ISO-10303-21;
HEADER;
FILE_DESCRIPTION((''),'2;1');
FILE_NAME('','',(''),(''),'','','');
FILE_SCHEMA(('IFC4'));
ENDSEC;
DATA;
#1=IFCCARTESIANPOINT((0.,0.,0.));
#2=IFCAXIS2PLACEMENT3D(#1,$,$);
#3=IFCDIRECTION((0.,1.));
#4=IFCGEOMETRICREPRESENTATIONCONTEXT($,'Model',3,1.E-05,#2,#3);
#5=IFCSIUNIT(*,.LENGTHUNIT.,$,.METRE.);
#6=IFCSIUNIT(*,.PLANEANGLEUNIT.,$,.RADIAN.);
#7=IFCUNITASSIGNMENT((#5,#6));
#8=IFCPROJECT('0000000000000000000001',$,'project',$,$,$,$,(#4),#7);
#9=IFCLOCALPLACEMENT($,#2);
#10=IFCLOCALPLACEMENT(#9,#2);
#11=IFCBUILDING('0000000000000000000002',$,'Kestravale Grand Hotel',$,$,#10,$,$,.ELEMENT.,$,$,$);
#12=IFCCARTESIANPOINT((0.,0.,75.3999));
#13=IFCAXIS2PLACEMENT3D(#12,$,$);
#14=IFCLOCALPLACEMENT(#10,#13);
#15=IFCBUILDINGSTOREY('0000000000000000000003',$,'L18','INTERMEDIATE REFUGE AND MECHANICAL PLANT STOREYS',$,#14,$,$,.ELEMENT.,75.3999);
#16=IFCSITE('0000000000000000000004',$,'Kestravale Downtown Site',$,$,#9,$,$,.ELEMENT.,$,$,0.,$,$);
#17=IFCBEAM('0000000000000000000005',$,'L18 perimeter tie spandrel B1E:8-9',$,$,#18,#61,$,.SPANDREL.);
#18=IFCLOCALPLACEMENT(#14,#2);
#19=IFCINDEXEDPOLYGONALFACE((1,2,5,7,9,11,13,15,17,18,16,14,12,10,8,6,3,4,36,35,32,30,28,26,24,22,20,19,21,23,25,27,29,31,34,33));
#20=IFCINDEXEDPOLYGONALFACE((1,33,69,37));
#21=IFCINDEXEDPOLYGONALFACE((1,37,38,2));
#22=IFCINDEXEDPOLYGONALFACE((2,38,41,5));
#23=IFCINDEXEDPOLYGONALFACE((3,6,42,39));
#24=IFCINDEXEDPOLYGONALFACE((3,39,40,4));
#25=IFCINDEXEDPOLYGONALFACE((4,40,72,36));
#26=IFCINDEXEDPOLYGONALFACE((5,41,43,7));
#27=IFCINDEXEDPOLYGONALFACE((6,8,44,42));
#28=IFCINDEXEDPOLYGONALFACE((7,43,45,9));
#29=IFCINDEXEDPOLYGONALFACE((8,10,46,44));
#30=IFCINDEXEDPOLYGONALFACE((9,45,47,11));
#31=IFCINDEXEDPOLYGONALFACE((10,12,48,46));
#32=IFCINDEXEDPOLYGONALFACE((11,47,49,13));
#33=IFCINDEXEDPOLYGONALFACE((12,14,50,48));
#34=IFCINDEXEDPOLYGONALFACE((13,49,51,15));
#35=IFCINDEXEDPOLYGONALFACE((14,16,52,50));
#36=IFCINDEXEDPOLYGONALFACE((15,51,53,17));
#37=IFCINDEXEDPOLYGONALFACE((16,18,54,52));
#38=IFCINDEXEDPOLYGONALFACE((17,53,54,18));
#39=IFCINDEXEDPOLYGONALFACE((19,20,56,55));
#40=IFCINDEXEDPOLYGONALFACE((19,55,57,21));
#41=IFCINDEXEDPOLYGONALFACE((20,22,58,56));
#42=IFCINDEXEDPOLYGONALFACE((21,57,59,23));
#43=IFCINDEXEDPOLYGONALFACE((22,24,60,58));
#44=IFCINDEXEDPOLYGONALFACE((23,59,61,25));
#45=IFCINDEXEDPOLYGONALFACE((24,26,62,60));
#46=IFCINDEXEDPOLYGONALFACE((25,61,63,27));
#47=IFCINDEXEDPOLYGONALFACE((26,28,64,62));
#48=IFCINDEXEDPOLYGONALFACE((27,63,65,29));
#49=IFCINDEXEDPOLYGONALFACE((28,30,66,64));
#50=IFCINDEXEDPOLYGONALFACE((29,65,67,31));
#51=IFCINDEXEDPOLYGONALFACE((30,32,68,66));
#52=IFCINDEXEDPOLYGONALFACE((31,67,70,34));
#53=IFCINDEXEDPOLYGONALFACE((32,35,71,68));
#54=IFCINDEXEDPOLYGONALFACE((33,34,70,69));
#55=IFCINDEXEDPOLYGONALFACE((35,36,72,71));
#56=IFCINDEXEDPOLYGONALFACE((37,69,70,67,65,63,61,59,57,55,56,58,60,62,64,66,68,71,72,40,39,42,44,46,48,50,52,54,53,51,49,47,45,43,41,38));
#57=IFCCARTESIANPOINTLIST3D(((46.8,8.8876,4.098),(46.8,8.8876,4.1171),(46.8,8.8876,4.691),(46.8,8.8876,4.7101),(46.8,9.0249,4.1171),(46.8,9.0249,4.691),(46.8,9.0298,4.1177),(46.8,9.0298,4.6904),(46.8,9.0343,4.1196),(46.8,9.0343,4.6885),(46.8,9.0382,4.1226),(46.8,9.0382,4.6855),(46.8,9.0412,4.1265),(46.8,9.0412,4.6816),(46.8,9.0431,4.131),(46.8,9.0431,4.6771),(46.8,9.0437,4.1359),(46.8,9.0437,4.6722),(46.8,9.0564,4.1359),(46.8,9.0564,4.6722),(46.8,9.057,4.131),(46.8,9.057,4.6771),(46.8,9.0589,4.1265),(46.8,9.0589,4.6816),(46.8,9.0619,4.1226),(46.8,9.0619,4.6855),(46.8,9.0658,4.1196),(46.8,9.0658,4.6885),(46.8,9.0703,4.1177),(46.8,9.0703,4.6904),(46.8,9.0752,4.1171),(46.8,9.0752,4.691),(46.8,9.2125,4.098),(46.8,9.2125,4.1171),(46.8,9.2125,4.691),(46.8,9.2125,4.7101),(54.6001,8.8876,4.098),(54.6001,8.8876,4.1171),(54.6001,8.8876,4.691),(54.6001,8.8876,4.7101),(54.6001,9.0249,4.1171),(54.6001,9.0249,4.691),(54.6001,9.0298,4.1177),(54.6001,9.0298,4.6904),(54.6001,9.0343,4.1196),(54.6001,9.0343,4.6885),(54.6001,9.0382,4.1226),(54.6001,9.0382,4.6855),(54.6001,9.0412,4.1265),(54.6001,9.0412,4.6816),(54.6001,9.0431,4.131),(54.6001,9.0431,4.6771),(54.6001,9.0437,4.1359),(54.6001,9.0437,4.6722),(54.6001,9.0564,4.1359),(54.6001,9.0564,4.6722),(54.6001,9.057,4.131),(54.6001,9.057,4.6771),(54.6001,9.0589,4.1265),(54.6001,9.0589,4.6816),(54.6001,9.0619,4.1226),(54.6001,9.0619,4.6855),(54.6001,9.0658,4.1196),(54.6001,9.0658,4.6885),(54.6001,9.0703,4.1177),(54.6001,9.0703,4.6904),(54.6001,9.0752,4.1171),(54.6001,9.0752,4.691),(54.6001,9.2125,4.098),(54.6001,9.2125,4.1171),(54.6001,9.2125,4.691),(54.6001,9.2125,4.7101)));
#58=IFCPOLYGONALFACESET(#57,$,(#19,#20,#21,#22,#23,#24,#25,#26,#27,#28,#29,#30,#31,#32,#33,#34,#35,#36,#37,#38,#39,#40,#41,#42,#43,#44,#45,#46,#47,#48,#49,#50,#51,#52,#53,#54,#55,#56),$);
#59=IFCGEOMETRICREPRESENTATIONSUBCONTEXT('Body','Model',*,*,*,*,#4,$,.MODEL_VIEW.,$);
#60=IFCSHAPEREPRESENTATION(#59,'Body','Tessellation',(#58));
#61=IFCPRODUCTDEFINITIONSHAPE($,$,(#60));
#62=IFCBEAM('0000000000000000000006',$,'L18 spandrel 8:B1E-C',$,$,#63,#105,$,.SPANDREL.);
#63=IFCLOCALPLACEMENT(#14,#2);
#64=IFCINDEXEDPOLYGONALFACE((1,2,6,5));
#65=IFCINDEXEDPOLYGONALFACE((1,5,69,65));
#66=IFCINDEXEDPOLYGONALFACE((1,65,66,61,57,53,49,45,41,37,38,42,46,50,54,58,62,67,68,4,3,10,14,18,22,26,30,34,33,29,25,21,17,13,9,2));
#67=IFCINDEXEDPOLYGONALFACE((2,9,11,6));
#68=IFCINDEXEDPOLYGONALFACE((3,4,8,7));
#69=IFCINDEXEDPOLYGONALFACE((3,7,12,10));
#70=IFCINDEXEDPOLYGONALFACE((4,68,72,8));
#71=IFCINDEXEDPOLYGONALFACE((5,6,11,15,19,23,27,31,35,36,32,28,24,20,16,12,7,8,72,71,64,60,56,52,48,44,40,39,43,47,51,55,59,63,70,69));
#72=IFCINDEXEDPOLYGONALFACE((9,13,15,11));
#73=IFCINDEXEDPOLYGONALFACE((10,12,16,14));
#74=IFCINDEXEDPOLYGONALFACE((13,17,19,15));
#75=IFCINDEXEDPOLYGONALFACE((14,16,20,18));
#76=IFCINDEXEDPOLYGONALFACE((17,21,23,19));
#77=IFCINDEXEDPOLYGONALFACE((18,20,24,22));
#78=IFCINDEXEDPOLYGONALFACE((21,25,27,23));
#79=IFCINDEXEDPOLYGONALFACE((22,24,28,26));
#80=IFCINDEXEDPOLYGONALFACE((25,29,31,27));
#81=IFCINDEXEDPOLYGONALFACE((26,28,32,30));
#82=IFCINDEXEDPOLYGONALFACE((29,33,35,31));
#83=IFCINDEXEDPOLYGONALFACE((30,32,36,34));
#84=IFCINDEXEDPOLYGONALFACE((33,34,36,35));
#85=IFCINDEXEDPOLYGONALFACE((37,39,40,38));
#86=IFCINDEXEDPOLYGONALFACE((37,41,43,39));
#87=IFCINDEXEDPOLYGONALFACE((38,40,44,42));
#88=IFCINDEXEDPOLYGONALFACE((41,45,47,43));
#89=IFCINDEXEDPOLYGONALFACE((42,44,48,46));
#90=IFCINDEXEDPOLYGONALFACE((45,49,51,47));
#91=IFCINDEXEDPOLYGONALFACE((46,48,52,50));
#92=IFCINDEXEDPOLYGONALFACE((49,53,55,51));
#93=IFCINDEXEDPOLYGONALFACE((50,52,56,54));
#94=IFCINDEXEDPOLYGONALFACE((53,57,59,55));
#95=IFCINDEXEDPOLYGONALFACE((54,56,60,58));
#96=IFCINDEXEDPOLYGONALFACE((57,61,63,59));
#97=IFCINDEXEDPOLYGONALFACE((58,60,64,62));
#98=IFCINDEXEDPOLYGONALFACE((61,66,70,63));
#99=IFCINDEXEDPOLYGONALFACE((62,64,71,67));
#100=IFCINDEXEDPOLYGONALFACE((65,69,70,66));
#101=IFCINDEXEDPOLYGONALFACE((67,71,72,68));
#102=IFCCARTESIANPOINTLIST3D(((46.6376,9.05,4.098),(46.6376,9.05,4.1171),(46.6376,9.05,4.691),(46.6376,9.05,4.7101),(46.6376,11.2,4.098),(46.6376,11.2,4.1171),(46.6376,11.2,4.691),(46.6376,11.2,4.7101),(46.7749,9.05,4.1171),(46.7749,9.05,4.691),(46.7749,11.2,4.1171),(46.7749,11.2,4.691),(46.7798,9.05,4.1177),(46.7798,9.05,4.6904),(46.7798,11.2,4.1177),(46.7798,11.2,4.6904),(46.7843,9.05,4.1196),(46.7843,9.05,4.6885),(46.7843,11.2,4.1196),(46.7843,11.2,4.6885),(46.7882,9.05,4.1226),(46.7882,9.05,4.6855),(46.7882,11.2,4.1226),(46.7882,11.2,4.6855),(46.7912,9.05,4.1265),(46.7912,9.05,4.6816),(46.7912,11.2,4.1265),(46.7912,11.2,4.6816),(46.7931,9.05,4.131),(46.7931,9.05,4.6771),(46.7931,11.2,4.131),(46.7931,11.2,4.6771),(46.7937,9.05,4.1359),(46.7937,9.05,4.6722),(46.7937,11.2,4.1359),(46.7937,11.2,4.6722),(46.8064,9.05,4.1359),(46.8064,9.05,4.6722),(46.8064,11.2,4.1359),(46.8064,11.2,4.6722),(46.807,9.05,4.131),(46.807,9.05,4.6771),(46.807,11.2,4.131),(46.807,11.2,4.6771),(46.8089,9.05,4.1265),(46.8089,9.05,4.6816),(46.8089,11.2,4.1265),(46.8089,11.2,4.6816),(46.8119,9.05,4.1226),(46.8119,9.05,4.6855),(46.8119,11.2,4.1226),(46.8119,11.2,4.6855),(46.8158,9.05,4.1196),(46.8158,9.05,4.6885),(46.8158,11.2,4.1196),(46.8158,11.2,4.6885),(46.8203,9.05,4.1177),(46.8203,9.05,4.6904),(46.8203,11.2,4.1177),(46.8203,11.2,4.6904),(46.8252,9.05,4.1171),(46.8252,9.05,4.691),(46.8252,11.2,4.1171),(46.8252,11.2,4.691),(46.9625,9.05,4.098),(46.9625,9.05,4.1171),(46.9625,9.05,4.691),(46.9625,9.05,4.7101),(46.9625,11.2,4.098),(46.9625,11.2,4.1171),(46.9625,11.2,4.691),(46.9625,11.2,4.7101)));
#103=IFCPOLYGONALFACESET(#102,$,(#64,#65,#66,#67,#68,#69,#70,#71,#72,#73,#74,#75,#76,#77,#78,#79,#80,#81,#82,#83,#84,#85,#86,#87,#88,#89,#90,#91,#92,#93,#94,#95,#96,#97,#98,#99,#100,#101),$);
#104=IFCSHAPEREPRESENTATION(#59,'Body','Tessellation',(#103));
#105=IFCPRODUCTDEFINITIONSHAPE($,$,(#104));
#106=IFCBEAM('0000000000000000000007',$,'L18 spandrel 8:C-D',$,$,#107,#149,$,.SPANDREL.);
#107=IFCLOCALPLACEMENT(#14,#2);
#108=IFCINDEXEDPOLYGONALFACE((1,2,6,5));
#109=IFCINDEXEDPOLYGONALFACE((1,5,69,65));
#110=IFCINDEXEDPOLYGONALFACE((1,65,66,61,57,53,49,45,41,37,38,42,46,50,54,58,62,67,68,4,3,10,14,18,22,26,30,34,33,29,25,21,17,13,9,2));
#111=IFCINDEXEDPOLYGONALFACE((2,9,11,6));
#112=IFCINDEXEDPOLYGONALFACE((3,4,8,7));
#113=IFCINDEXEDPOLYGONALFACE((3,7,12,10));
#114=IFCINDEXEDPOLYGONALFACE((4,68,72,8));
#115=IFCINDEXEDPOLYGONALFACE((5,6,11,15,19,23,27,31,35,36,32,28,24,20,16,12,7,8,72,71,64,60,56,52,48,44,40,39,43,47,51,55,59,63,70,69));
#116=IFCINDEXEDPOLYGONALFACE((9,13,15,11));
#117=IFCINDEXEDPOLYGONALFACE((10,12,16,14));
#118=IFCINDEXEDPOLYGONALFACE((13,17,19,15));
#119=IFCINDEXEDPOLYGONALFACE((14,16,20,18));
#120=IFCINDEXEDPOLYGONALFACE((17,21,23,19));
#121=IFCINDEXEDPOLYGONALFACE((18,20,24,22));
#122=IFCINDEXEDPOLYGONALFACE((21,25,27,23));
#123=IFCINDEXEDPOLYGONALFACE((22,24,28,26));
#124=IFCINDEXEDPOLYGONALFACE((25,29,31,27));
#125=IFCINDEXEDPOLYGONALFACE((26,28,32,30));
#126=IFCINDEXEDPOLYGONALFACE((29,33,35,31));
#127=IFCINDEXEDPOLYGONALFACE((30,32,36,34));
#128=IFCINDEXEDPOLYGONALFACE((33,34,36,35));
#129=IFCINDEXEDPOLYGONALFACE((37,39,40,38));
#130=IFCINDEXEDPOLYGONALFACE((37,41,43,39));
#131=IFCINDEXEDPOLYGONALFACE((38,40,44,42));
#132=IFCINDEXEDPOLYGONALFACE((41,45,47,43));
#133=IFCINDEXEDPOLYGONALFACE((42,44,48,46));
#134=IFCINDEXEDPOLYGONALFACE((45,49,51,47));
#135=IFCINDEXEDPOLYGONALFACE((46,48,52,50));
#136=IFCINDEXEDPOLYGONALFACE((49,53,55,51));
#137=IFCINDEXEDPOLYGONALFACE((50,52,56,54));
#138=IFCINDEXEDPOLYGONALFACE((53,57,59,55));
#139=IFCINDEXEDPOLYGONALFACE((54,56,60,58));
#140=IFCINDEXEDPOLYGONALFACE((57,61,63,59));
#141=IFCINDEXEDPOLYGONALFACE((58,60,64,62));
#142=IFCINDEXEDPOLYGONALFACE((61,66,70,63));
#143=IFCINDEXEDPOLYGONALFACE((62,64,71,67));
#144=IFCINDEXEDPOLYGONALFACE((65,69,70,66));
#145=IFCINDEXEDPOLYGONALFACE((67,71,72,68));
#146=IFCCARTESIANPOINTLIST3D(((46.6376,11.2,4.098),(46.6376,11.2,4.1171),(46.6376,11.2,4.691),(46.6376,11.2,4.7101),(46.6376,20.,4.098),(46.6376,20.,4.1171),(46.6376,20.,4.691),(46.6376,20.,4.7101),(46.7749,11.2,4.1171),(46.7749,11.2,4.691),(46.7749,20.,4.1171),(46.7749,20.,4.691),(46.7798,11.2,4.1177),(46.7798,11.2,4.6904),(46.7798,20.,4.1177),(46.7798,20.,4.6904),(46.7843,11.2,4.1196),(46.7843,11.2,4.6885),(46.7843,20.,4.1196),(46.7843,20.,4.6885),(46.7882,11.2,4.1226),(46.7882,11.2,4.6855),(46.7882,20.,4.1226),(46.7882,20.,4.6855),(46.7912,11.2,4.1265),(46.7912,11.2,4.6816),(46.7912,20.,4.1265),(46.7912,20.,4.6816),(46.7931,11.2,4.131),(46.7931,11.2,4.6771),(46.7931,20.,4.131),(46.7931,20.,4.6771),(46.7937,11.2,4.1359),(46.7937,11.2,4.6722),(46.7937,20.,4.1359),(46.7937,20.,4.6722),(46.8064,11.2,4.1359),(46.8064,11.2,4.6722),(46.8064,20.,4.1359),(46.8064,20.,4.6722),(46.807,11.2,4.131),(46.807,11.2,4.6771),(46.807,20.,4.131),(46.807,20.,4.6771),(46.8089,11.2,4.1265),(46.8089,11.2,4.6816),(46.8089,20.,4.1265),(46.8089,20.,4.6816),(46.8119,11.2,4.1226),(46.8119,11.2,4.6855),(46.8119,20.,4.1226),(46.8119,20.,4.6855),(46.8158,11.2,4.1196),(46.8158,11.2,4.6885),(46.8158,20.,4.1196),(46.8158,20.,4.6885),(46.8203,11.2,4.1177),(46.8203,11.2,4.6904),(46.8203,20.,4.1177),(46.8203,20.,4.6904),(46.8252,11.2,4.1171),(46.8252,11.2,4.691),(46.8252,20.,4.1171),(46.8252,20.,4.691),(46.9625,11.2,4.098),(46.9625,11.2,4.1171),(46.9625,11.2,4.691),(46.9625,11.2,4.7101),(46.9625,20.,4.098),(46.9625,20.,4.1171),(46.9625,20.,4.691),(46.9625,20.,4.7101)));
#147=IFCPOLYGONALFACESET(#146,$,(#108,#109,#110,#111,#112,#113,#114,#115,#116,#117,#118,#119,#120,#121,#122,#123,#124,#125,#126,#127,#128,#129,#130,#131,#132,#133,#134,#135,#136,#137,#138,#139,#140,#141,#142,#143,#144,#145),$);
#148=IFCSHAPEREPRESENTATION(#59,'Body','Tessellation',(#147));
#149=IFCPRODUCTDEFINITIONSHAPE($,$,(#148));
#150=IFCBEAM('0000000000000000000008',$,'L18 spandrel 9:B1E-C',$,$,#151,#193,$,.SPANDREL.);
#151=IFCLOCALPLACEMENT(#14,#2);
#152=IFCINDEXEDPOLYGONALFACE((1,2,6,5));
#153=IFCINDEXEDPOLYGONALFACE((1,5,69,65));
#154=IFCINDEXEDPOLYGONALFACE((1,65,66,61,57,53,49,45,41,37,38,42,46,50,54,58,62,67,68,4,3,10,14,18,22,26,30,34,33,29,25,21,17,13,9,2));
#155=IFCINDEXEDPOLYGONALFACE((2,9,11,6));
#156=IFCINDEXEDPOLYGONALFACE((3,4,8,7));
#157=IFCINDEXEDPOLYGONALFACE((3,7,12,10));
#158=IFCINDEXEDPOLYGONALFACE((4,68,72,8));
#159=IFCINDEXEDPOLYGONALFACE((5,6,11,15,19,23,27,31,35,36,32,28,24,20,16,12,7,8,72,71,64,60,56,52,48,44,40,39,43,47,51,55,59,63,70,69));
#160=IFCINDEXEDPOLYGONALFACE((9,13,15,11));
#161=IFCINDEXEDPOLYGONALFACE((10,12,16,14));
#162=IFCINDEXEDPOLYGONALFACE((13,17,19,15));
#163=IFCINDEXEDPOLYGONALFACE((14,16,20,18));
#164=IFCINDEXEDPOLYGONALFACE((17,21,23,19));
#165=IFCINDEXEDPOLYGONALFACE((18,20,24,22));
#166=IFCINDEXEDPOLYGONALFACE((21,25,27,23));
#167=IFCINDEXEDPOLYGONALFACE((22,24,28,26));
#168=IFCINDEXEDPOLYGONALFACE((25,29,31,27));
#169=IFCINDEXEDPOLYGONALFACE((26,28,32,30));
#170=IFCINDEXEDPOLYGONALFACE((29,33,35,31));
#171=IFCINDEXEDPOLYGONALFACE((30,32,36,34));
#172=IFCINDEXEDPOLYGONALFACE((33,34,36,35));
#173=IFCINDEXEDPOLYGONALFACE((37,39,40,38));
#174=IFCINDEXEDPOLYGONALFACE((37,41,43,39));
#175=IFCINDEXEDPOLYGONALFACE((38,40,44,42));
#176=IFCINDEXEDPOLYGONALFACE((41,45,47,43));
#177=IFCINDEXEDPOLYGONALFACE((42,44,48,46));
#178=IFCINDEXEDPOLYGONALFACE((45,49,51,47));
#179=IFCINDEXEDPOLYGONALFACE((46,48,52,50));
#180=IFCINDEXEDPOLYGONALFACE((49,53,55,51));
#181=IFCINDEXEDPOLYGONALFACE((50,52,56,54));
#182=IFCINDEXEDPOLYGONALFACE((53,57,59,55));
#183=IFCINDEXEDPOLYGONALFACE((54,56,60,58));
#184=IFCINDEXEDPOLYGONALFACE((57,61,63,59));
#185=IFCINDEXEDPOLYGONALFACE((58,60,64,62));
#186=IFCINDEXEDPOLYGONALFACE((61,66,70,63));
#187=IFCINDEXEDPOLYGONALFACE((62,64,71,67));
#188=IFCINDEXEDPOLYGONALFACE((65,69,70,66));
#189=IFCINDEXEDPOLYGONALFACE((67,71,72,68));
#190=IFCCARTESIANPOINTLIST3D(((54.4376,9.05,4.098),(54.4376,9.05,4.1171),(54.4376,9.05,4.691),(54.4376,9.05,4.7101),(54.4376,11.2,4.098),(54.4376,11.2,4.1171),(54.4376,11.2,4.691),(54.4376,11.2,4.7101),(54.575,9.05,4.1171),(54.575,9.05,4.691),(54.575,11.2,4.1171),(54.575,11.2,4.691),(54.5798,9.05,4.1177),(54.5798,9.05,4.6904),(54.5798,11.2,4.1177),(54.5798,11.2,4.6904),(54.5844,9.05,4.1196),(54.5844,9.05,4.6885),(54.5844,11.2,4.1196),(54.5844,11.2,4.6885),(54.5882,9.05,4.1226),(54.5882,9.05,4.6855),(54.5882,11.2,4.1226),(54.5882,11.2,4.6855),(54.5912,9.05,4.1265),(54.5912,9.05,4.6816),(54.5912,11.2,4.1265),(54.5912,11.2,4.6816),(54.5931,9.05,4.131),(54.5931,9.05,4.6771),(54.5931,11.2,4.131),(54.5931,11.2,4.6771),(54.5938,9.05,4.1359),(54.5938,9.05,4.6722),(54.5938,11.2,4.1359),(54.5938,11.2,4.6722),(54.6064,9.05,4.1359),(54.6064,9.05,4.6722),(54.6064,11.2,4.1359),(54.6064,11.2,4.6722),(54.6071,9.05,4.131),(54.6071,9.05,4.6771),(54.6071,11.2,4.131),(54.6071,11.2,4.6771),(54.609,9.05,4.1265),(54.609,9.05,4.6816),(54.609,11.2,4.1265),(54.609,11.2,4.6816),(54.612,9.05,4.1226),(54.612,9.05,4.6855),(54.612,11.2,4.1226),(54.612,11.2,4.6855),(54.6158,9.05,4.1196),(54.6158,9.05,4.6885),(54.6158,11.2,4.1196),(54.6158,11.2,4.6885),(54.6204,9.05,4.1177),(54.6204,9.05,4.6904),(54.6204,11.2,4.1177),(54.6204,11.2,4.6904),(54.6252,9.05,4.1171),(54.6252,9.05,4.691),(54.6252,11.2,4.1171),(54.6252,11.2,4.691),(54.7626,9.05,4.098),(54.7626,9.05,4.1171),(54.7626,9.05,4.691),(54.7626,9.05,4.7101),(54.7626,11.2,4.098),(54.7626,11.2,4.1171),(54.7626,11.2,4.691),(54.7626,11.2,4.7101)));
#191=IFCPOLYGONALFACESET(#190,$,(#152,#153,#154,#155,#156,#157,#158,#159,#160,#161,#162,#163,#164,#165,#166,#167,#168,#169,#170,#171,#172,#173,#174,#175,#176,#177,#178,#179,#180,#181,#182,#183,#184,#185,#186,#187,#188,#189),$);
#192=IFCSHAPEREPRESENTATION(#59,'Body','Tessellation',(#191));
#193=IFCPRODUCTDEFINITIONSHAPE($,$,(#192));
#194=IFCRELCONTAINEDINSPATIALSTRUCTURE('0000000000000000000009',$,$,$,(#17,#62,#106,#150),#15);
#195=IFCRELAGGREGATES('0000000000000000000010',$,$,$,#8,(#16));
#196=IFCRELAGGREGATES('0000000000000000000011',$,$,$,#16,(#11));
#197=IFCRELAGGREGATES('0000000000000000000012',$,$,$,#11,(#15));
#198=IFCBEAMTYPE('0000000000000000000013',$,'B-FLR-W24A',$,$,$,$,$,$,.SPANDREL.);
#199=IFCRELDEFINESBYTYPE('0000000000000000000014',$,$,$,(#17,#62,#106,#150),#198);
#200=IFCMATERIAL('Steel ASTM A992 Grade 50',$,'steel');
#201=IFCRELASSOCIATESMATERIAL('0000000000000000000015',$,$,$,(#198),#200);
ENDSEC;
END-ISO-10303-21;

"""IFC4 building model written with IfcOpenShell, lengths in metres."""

from ifc_helpers import new_model, si_unit, direction, frame, origin, origin_2d, place, context, subcontext, project, spatial, i_section, extrude, material, material_profile, profile_set, type_object, element, save


model = new_model("IFC4")

# Units and contexts
model_context = context("Model", 3, precision=1e-05, world=origin(), true_north=direction((0.0, 1.0)))
body_context = subcontext(model_context, "Body", "Model", "MODEL_VIEW")
ifc_project = project(units=[si_unit("LENGTHUNIT", "METRE"), si_unit("PLANEANGLEUNIT", "RADIAN")], contexts=[model_context])

# Site, building, storey
site_placement = place(None, origin())
site = spatial("IfcSite", under=ifc_project, at=site_placement, Name="Kestravale Downtown Site", CompositionType="ELEMENT", RefElevation=0.0)
building_placement = place(site_placement, origin())
building = spatial("IfcBuilding", under=site, at=building_placement, Name="Kestravale Grand Hotel", CompositionType="ELEMENT")
storey_placement = place(building_placement, frame((0.0, 0.0, 75.3999)))
storey = spatial("IfcBuildingStorey", under=building, at=storey_placement, Name="L18", Description="INTERMEDIATE REFUGE AND MECHANICAL PLANT STOREYS", CompositionType="ELEMENT", Elevation=75.3999)

# Beams
ifc_material_1 = material(Name="Steel ASTM A992 Grade 50", Category="steel")
ifc_material_profile_1 = material_profile(ifc_material_1, i_section(OverallWidth=0.325, OverallDepth=0.6121, WebThickness=0.0127, FlangeThickness=0.019, FilletRadius=0.0188, at=origin_2d()))
ifc_profile_set_1 = profile_set([ifc_material_profile_1], Name="Steel ASTM A992 Grade 50")
beam_type_1 = type_object("IfcBeamType", Name="B-FLR-W24A", PredefinedType="SPANDREL", material=ifc_profile_set_1)
beam_1_placement = place(storey_placement, frame((46.8, 9.05, 4.4041), z_axis=(1.0, 0.0, 0.0), x_axis=(0.0, 1.0, 0.0)))
element("IfcBeam", 1, at=beam_1_placement, inside=storey, type_object=beam_type_1, Name="L18 perimeter tie spandrel B1E:8-9", PredefinedType="SPANDREL", context=body_context, shape_type="SweptSolid", body=[
    extrude(i_section(OverallWidth=0.325, OverallDepth=0.6121, WebThickness=0.0127, FlangeThickness=0.019, FilletRadius=0.0188, at=origin_2d()), origin(), (0.0, 0.0, 1.0), 7.8),
])
beam_2_placement = place(storey_placement, frame((46.8, 9.05, 4.4041), z_axis=(0.0, 1.0, 0.0), x_axis=(-1.0, 0.0, 0.0)))
element("IfcBeam", 2, at=beam_2_placement, inside=storey, type_object=beam_type_1, Name="L18 spandrel 8:B1E-C", PredefinedType="SPANDREL", context=body_context, shape_type="SweptSolid", body=[
    extrude(i_section(OverallWidth=0.325, OverallDepth=0.6121, WebThickness=0.0127, FlangeThickness=0.019, FilletRadius=0.0188, at=origin_2d()), origin(), (0.0, 0.0, 1.0), 2.1499),
])
beam_3_placement = place(storey_placement, frame((46.8, 11.2, 4.4041), z_axis=(0.0, 1.0, 0.0), x_axis=(-1.0, 0.0, 0.0)))
element("IfcBeam", 3, at=beam_3_placement, inside=storey, type_object=beam_type_1, Name="L18 spandrel 8:C-D", PredefinedType="SPANDREL", context=body_context, shape_type="SweptSolid", body=[
    extrude(i_section(OverallWidth=0.325, OverallDepth=0.6121, WebThickness=0.0127, FlangeThickness=0.019, FilletRadius=0.0188, at=origin_2d()), origin(), (0.0, 0.0, 1.0), 8.8),
])
beam_4_placement = place(storey_placement, frame((54.6001, 9.05, 4.4041), z_axis=(0.0, 1.0, 0.0), x_axis=(-1.0, 0.0, 0.0)))
element("IfcBeam", 4, at=beam_4_placement, inside=storey, type_object=beam_type_1, Name="L18 spandrel 9:B1E-C", PredefinedType="SPANDREL", context=body_context, shape_type="SweptSolid", body=[
    extrude(i_section(OverallWidth=0.325, OverallDepth=0.6121, WebThickness=0.0127, FlangeThickness=0.019, FilletRadius=0.0188, at=origin_2d()), origin(), (0.0, 0.0, 1.0), 2.1499),
])

save(model, "model.ifc")
